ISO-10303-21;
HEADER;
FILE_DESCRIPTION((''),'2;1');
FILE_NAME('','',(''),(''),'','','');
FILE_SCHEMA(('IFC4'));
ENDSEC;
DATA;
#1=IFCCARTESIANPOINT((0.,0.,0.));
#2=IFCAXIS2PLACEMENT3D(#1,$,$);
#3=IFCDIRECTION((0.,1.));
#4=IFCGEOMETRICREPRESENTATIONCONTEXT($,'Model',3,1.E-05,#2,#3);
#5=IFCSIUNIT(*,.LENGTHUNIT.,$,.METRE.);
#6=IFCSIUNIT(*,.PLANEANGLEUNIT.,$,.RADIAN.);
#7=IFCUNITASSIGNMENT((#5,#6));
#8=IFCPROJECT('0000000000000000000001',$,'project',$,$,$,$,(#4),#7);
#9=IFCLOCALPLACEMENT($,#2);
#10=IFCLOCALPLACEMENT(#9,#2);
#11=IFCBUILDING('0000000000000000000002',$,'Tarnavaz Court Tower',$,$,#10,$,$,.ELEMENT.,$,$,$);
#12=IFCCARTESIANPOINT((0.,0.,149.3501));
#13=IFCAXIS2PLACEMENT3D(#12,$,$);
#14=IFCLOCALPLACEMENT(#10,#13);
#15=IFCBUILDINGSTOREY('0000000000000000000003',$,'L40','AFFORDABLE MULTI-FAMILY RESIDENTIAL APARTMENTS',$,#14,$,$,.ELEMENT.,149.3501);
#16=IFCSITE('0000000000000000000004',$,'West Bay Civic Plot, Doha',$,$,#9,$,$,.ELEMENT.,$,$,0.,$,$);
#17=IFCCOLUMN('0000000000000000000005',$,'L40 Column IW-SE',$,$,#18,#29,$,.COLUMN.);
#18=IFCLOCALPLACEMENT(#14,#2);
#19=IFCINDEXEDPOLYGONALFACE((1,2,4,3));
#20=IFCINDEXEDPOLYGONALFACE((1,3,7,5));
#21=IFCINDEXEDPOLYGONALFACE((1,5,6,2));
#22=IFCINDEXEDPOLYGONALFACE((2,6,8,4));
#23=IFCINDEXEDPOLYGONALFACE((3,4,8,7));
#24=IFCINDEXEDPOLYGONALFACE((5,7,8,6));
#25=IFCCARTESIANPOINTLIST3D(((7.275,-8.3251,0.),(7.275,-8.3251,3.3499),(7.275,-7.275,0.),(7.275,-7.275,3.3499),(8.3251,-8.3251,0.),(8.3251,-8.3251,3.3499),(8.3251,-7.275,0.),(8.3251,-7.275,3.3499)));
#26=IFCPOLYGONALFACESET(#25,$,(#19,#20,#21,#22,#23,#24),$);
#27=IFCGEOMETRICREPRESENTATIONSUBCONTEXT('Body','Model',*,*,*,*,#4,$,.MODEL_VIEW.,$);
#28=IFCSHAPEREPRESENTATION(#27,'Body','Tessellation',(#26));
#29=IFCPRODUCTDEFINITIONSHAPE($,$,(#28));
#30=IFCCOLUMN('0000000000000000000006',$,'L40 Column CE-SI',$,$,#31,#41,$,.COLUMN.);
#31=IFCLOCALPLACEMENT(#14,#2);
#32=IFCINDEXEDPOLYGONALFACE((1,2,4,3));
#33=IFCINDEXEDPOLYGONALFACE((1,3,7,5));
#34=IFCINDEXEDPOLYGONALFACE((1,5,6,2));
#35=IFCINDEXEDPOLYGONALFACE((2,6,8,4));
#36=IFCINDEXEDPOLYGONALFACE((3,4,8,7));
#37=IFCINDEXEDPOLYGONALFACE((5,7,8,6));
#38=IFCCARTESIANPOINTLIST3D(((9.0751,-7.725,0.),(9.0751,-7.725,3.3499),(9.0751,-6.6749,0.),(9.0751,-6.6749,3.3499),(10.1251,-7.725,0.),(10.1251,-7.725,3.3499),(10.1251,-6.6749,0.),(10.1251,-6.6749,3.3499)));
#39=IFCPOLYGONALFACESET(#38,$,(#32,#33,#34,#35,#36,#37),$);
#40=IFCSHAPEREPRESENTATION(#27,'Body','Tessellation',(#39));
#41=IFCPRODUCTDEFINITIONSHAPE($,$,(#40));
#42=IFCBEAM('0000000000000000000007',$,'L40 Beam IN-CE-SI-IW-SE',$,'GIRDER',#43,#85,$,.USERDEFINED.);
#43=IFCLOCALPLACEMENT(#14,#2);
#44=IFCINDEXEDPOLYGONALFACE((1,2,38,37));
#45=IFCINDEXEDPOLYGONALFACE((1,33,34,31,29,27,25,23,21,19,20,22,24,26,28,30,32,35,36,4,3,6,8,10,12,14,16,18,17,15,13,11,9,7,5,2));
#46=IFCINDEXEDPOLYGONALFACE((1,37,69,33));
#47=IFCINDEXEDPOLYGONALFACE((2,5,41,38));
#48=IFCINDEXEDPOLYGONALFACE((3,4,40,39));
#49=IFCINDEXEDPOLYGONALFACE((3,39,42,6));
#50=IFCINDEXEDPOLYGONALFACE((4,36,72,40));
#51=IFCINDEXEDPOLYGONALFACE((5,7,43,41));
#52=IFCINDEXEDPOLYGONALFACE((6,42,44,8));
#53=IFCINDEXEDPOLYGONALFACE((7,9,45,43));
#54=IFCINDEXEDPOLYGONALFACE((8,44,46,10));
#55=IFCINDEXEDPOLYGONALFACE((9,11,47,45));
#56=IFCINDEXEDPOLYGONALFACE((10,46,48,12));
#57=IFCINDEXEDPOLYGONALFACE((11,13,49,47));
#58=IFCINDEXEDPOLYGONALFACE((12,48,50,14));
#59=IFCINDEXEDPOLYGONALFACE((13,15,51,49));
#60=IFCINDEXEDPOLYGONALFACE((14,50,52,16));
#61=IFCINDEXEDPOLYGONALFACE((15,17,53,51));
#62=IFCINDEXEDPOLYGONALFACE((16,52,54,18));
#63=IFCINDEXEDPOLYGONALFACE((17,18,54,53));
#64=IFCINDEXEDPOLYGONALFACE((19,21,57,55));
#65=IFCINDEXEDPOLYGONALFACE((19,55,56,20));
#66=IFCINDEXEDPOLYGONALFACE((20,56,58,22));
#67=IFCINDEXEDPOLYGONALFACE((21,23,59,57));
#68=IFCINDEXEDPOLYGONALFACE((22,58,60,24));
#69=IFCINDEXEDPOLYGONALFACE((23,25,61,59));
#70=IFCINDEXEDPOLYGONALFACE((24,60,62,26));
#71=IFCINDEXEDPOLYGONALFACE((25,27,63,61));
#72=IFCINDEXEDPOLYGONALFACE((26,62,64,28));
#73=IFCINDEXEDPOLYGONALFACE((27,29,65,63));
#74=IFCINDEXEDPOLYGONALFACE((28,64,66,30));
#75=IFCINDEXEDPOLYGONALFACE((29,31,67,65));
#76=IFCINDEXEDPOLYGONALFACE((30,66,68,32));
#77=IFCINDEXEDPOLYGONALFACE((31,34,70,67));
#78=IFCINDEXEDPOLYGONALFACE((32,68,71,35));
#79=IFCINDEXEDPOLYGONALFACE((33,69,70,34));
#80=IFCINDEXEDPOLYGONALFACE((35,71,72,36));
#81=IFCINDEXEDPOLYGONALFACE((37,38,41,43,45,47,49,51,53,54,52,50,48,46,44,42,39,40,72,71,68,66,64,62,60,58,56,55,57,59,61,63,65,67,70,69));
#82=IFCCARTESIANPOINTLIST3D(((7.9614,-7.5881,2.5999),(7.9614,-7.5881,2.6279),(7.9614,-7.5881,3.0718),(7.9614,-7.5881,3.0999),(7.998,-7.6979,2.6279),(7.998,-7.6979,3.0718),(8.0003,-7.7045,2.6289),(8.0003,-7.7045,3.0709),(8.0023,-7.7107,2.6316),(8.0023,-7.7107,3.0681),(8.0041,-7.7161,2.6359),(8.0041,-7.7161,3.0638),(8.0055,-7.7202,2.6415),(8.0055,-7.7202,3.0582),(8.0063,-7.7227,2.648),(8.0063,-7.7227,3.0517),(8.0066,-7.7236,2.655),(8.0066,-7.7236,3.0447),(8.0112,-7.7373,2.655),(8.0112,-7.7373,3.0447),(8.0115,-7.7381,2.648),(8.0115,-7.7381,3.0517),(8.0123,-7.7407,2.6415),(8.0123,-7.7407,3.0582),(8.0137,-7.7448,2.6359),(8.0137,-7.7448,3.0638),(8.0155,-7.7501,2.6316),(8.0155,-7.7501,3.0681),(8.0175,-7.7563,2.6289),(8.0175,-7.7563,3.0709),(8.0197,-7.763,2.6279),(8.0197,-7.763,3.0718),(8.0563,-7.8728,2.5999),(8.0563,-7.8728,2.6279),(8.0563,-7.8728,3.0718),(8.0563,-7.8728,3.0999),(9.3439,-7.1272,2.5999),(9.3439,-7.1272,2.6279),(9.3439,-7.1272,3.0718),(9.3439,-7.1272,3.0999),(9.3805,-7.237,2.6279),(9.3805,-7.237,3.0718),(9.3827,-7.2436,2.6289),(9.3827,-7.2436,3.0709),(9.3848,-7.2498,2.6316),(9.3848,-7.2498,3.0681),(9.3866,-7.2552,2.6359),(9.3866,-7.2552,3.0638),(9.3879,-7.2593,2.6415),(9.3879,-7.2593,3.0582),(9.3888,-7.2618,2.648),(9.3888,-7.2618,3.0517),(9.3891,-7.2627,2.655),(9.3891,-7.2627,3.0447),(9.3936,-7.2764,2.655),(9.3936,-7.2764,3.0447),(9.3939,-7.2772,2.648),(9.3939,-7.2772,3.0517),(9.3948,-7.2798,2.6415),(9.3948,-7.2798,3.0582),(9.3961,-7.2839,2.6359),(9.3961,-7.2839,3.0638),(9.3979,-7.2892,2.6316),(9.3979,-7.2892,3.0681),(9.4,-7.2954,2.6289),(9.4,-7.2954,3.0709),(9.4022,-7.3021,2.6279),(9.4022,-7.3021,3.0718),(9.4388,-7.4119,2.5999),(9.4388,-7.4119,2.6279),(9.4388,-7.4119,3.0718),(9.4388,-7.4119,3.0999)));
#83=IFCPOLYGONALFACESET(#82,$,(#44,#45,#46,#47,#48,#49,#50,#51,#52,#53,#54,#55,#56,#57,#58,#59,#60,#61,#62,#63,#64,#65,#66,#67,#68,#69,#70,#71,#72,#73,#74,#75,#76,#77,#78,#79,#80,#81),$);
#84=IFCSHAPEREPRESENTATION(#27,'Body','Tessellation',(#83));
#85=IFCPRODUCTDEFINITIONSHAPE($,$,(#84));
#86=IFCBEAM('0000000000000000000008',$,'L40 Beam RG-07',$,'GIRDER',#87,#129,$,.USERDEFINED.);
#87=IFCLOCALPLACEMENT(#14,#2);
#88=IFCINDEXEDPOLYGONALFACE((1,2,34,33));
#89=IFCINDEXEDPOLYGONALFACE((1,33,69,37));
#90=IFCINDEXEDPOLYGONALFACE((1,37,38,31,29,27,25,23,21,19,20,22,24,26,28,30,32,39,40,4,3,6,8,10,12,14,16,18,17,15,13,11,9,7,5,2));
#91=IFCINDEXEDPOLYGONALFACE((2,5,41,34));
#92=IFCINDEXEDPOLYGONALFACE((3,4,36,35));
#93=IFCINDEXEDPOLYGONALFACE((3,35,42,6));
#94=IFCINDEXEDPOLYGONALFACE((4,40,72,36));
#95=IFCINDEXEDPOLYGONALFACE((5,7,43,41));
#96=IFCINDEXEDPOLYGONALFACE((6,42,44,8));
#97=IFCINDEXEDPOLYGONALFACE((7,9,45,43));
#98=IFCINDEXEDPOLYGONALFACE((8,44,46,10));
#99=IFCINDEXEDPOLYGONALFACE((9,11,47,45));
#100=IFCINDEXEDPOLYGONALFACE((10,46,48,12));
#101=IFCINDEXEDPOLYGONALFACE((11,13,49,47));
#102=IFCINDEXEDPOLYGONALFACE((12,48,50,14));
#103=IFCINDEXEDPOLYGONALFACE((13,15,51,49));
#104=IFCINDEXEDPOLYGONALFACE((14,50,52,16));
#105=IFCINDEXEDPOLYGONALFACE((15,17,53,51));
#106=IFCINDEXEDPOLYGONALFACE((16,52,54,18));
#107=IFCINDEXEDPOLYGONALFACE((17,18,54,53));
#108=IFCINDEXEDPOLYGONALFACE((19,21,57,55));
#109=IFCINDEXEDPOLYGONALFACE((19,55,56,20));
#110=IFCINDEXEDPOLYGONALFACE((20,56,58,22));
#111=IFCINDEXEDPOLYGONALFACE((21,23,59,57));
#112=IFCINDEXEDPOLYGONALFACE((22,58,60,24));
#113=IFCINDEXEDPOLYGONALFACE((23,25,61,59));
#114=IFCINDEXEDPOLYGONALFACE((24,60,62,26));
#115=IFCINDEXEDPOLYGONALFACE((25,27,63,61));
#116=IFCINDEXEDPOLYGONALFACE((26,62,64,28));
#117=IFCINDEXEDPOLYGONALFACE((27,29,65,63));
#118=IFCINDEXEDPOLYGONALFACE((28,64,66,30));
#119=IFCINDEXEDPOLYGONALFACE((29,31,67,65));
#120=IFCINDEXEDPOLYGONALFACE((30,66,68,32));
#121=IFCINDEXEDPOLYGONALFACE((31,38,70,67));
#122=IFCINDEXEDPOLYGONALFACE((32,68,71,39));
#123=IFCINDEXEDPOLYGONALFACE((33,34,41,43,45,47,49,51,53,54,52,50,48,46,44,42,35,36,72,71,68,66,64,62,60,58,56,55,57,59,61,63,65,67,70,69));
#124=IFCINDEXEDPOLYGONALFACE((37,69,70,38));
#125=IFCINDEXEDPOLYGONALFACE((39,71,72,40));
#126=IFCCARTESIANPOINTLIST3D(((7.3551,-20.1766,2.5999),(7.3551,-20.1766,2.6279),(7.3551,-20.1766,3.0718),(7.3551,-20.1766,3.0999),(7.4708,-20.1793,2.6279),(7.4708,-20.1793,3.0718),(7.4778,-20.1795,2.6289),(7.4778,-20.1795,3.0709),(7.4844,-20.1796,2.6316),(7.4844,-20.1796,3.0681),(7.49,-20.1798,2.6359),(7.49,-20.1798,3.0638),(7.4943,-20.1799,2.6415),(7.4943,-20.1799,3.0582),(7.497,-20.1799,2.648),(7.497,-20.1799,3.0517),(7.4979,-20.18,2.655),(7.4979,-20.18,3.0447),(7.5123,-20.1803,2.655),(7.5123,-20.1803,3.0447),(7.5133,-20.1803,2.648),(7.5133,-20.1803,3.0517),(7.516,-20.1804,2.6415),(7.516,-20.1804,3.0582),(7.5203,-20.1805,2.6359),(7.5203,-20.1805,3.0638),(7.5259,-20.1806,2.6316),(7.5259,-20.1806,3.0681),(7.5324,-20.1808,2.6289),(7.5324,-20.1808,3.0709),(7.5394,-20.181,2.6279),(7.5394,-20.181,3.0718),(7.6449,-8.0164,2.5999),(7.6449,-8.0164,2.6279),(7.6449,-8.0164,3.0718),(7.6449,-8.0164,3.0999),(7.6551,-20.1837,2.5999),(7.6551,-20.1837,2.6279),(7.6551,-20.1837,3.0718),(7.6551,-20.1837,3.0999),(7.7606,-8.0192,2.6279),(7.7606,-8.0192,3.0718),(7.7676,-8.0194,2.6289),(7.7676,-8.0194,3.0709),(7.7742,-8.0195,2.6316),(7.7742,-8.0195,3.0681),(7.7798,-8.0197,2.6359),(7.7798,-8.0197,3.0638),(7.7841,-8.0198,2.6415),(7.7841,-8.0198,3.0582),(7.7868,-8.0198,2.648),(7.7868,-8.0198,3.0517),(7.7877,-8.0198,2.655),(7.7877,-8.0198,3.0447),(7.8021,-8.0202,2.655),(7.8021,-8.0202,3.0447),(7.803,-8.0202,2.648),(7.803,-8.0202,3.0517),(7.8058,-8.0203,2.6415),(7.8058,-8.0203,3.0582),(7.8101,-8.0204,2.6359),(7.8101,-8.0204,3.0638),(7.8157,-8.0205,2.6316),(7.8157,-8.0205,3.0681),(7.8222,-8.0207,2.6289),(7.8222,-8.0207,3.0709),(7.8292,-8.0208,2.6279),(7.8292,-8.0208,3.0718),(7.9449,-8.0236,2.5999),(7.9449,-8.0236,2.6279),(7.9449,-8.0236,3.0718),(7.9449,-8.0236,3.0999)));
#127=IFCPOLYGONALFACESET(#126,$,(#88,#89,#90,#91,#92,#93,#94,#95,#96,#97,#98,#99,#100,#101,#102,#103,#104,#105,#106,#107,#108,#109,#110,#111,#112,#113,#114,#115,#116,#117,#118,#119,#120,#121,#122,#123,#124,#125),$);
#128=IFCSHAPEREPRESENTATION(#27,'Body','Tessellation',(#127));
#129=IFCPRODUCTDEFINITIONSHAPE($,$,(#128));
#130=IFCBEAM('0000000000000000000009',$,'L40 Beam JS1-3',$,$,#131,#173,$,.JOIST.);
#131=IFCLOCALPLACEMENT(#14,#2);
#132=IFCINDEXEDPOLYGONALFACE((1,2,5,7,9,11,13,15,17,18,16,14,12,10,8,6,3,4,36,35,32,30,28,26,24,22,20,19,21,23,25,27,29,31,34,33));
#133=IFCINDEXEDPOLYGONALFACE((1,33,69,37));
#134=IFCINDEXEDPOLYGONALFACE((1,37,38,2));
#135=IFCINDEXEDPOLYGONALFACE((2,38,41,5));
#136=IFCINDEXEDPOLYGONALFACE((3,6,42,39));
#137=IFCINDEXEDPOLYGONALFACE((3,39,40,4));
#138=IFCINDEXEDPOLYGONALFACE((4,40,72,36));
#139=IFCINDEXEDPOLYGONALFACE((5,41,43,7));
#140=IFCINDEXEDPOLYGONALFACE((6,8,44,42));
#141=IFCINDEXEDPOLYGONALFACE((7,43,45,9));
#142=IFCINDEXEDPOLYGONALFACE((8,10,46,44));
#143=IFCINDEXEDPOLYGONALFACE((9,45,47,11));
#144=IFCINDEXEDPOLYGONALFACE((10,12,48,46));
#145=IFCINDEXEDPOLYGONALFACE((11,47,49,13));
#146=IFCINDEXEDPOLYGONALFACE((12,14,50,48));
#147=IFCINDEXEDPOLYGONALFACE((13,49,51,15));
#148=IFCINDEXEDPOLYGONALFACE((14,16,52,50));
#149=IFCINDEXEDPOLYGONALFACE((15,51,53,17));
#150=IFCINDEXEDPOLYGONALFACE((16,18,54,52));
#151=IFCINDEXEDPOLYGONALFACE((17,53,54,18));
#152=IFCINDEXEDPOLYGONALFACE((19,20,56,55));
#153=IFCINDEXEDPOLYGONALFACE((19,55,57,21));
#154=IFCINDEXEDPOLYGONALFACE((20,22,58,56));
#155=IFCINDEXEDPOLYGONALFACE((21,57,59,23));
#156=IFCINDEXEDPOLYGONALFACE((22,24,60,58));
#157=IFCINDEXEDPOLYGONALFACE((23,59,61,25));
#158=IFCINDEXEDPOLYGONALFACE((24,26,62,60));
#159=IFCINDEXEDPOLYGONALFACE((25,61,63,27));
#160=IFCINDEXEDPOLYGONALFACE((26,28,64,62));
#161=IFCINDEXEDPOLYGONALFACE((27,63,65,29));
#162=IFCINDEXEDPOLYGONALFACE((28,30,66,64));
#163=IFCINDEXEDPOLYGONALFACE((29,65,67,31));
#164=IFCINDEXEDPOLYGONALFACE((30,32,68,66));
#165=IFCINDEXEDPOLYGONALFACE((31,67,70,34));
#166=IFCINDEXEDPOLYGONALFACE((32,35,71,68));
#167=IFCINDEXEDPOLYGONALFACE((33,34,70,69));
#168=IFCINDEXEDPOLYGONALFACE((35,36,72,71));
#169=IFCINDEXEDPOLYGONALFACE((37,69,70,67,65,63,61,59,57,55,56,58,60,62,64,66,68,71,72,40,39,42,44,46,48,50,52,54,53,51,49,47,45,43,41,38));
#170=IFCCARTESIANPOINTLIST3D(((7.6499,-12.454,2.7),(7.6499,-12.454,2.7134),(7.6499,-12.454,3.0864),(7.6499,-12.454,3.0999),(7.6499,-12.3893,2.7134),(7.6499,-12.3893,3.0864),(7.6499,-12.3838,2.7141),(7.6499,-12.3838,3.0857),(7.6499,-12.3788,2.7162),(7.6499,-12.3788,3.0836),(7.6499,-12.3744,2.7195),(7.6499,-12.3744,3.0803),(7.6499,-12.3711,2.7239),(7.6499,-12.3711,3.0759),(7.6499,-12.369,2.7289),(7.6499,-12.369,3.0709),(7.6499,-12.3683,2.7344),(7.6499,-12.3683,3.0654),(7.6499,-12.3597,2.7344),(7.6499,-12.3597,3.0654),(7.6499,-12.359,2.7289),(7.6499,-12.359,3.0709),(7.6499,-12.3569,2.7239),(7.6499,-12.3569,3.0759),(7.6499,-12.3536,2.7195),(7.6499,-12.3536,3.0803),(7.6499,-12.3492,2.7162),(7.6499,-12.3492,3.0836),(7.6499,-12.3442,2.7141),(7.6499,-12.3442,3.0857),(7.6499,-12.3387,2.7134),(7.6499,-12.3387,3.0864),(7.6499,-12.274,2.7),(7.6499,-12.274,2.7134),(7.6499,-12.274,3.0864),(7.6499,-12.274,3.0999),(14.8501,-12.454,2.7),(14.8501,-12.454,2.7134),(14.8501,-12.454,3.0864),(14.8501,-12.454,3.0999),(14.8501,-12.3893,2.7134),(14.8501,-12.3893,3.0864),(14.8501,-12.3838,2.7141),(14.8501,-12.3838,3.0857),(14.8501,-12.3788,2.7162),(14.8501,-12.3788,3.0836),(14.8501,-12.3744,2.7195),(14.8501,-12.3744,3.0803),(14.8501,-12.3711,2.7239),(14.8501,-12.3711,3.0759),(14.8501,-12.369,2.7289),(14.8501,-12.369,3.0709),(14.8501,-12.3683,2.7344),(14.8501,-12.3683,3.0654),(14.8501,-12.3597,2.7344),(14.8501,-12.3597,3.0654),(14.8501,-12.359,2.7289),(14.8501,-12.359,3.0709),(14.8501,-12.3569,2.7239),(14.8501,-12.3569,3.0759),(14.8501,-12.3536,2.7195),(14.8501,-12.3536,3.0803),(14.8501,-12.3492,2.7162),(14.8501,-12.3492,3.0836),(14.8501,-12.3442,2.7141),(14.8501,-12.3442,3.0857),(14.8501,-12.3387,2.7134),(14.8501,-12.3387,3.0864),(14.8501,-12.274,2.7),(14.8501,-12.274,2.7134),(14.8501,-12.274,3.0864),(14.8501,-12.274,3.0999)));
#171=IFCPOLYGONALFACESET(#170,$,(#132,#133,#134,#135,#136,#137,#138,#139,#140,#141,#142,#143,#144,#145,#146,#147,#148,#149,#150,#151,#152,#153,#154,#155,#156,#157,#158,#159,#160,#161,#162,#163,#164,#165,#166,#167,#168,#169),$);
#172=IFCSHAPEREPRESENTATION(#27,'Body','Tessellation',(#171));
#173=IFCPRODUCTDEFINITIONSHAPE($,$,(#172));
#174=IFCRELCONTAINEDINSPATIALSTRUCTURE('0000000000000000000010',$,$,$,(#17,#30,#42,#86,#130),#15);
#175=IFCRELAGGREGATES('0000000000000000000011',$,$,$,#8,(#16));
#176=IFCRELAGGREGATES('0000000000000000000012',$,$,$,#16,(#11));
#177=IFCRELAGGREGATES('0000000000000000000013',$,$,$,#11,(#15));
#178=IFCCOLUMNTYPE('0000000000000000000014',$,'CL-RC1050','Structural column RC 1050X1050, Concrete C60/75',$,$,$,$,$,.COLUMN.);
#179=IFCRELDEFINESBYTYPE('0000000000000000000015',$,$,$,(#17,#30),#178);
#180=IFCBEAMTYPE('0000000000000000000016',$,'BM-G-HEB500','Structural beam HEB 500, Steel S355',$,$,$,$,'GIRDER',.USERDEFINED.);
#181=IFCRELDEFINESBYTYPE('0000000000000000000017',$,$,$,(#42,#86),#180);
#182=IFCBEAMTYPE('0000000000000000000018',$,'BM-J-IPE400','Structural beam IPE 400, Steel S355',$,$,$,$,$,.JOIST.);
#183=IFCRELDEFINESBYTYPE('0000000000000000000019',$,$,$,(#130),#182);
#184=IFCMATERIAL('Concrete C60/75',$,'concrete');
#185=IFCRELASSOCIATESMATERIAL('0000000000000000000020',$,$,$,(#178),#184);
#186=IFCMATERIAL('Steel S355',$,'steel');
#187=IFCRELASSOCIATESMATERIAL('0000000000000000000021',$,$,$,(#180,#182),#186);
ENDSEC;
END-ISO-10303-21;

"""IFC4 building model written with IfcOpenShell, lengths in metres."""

from ifc_helpers import new_model, si_unit, direction, frame, origin, origin_2d, place, context, subcontext, project, spatial, rectangle, i_section, extrude, material, material_profile, profile_set, type_object, element, save


model = new_model("IFC4")

# Units and contexts
model_context = context("Model", 3, precision=1e-05, world=origin(), true_north=direction((0.0, 1.0)))
body_context = subcontext(model_context, "Body", "Model", "MODEL_VIEW")
ifc_project = project(units=[si_unit("LENGTHUNIT", "METRE"), si_unit("PLANEANGLEUNIT", "RADIAN")], contexts=[model_context])

# Site, building, storey
site_placement = place(None, origin())
site = spatial("IfcSite", under=ifc_project, at=site_placement, Name="West Bay Civic Plot, Doha", CompositionType="ELEMENT", RefElevation=0.0)
building_placement = place(site_placement, origin())
building = spatial("IfcBuilding", under=site, at=building_placement, Name="Tarnavaz Court Tower", CompositionType="ELEMENT")
storey_placement = place(building_placement, frame((0.0, 0.0, 149.3501)))
storey = spatial("IfcBuildingStorey", under=building, at=storey_placement, Name="L40", Description="AFFORDABLE MULTI-FAMILY RESIDENTIAL APARTMENTS", CompositionType="ELEMENT", Elevation=149.3501)

# Columns
ifc_material_1 = material(Name="Concrete C60/75", Category="concrete")
ifc_material_profile_1 = material_profile(ifc_material_1, rectangle(XDim=1.05, YDim=1.05, at=origin_2d()), Name="RC 1050X1050")
ifc_profile_set_1 = profile_set([ifc_material_profile_1], Name="Concrete C60/75")
column_type = type_object("IfcColumnType", Name="CL-RC1050", Description="Structural column RC 1050X1050, Concrete C60/75", PredefinedType="COLUMN", material=ifc_profile_set_1)
for number, where, z_axis, x_axis, name in (
    (1, (7.8, -7.8, 0.0), (0.0, 0.0, 1.0), (1.0, 0.0, 0.0), "L40 Column IW-SE"),
    (2, (9.6001, -7.2, 0.0), (0.0, 0.0, 1.0), (1.0, 0.0, 0.0), "L40 Column CE-SI"),
):
    element("IfcColumn", number, at=place(storey_placement, frame(where, z_axis=z_axis, x_axis=x_axis)), inside=storey, type_object=column_type, Name=name, PredefinedType="COLUMN", context=body_context, shape_type="SweptSolid", body=[
        extrude(rectangle(XDim=1.05, YDim=1.05, at=origin_2d()), origin(), (0.0, 0.0, 1.0), 3.3499),
    ])

# Beams
ifc_material_2 = material(Name="Steel S355", Category="steel")
ifc_material_profile_2 = material_profile(ifc_material_2, i_section(OverallWidth=0.3, OverallDepth=0.5, WebThickness=0.0144, FlangeThickness=0.0281, FilletRadius=0.0271, at=origin_2d()), Name="HEB 500")
ifc_profile_set_2 = profile_set([ifc_material_profile_2], Name="Steel S355")
beam_type_1 = type_object("IfcBeamType", Name="BM-G-HEB500", Description="Structural beam HEB 500, Steel S355", ElementType="GIRDER", PredefinedType="USERDEFINED", material=ifc_profile_set_2)
beam_1_placement = place(storey_placement, frame((9.3914, -7.2695, 2.8499), z_axis=(-0.948667, -0.316278, 0.0), x_axis=(0.316278, -0.948667, 0.0)))
element("IfcBeam", 3, at=beam_1_placement, inside=storey, type_object=beam_type_1, Name="L40 Beam IN-CE-SI-IW-SE", ObjectType="GIRDER", PredefinedType="USERDEFINED", context=body_context, shape_type="SweptSolid", body=[
    extrude(i_section(OverallWidth=0.3, OverallDepth=0.5, WebThickness=0.0144, FlangeThickness=0.0281, FilletRadius=0.0271, at=origin_2d()), origin(), (0.0, 0.0, 1.0), 1.4573),
])
beam_2_placement = place(storey_placement, frame((7.7949, -8.02, 2.8499), z_axis=(-0.023825, -0.999716, 0.0), x_axis=(0.999716, -0.023825, 0.0)))
element("IfcBeam", 4, at=beam_2_placement, inside=storey, type_object=beam_type_1, Name="L40 Beam RG-07", ObjectType="GIRDER", PredefinedType="USERDEFINED", context=body_context, shape_type="SweptSolid", body=[
    extrude(i_section(OverallWidth=0.3, OverallDepth=0.5, WebThickness=0.0144, FlangeThickness=0.0281, FilletRadius=0.0271, at=origin_2d()), origin(), (0.0, 0.0, 1.0), 12.1636),
])
ifc_material_profile_3 = material_profile(ifc_material_2, i_section(OverallWidth=0.1799, OverallDepth=0.3999, WebThickness=0.0085, FlangeThickness=0.0134, FilletRadius=0.021, at=origin_2d()), Name="IPE 400")
ifc_profile_set_3 = profile_set([ifc_material_profile_3], Name="Steel S355")
beam_type_2 = type_object("IfcBeamType", Name="BM-J-IPE400", Description="Structural beam IPE 400, Steel S355", PredefinedType="JOIST", material=ifc_profile_set_3)
for number, where, z_axis, x_axis, name in (
    (5, (7.6499, -12.364, 2.8999), (1.0, 0.0, 0.0), (0.0, 1.0, 0.0), "L40 Beam JS1-3"),
):
    element("IfcBeam", number, at=place(storey_placement, frame(where, z_axis=z_axis, x_axis=x_axis)), inside=storey, type_object=beam_type_2, Name=name, PredefinedType="JOIST", context=body_context, shape_type="SweptSolid", body=[
        extrude(i_section(OverallWidth=0.1799, OverallDepth=0.3999, WebThickness=0.0085, FlangeThickness=0.0134, FilletRadius=0.021, at=origin_2d()), origin(), (0.0, 0.0, 1.0), 7.2002),
    ])

save(model, "model.ifc")
